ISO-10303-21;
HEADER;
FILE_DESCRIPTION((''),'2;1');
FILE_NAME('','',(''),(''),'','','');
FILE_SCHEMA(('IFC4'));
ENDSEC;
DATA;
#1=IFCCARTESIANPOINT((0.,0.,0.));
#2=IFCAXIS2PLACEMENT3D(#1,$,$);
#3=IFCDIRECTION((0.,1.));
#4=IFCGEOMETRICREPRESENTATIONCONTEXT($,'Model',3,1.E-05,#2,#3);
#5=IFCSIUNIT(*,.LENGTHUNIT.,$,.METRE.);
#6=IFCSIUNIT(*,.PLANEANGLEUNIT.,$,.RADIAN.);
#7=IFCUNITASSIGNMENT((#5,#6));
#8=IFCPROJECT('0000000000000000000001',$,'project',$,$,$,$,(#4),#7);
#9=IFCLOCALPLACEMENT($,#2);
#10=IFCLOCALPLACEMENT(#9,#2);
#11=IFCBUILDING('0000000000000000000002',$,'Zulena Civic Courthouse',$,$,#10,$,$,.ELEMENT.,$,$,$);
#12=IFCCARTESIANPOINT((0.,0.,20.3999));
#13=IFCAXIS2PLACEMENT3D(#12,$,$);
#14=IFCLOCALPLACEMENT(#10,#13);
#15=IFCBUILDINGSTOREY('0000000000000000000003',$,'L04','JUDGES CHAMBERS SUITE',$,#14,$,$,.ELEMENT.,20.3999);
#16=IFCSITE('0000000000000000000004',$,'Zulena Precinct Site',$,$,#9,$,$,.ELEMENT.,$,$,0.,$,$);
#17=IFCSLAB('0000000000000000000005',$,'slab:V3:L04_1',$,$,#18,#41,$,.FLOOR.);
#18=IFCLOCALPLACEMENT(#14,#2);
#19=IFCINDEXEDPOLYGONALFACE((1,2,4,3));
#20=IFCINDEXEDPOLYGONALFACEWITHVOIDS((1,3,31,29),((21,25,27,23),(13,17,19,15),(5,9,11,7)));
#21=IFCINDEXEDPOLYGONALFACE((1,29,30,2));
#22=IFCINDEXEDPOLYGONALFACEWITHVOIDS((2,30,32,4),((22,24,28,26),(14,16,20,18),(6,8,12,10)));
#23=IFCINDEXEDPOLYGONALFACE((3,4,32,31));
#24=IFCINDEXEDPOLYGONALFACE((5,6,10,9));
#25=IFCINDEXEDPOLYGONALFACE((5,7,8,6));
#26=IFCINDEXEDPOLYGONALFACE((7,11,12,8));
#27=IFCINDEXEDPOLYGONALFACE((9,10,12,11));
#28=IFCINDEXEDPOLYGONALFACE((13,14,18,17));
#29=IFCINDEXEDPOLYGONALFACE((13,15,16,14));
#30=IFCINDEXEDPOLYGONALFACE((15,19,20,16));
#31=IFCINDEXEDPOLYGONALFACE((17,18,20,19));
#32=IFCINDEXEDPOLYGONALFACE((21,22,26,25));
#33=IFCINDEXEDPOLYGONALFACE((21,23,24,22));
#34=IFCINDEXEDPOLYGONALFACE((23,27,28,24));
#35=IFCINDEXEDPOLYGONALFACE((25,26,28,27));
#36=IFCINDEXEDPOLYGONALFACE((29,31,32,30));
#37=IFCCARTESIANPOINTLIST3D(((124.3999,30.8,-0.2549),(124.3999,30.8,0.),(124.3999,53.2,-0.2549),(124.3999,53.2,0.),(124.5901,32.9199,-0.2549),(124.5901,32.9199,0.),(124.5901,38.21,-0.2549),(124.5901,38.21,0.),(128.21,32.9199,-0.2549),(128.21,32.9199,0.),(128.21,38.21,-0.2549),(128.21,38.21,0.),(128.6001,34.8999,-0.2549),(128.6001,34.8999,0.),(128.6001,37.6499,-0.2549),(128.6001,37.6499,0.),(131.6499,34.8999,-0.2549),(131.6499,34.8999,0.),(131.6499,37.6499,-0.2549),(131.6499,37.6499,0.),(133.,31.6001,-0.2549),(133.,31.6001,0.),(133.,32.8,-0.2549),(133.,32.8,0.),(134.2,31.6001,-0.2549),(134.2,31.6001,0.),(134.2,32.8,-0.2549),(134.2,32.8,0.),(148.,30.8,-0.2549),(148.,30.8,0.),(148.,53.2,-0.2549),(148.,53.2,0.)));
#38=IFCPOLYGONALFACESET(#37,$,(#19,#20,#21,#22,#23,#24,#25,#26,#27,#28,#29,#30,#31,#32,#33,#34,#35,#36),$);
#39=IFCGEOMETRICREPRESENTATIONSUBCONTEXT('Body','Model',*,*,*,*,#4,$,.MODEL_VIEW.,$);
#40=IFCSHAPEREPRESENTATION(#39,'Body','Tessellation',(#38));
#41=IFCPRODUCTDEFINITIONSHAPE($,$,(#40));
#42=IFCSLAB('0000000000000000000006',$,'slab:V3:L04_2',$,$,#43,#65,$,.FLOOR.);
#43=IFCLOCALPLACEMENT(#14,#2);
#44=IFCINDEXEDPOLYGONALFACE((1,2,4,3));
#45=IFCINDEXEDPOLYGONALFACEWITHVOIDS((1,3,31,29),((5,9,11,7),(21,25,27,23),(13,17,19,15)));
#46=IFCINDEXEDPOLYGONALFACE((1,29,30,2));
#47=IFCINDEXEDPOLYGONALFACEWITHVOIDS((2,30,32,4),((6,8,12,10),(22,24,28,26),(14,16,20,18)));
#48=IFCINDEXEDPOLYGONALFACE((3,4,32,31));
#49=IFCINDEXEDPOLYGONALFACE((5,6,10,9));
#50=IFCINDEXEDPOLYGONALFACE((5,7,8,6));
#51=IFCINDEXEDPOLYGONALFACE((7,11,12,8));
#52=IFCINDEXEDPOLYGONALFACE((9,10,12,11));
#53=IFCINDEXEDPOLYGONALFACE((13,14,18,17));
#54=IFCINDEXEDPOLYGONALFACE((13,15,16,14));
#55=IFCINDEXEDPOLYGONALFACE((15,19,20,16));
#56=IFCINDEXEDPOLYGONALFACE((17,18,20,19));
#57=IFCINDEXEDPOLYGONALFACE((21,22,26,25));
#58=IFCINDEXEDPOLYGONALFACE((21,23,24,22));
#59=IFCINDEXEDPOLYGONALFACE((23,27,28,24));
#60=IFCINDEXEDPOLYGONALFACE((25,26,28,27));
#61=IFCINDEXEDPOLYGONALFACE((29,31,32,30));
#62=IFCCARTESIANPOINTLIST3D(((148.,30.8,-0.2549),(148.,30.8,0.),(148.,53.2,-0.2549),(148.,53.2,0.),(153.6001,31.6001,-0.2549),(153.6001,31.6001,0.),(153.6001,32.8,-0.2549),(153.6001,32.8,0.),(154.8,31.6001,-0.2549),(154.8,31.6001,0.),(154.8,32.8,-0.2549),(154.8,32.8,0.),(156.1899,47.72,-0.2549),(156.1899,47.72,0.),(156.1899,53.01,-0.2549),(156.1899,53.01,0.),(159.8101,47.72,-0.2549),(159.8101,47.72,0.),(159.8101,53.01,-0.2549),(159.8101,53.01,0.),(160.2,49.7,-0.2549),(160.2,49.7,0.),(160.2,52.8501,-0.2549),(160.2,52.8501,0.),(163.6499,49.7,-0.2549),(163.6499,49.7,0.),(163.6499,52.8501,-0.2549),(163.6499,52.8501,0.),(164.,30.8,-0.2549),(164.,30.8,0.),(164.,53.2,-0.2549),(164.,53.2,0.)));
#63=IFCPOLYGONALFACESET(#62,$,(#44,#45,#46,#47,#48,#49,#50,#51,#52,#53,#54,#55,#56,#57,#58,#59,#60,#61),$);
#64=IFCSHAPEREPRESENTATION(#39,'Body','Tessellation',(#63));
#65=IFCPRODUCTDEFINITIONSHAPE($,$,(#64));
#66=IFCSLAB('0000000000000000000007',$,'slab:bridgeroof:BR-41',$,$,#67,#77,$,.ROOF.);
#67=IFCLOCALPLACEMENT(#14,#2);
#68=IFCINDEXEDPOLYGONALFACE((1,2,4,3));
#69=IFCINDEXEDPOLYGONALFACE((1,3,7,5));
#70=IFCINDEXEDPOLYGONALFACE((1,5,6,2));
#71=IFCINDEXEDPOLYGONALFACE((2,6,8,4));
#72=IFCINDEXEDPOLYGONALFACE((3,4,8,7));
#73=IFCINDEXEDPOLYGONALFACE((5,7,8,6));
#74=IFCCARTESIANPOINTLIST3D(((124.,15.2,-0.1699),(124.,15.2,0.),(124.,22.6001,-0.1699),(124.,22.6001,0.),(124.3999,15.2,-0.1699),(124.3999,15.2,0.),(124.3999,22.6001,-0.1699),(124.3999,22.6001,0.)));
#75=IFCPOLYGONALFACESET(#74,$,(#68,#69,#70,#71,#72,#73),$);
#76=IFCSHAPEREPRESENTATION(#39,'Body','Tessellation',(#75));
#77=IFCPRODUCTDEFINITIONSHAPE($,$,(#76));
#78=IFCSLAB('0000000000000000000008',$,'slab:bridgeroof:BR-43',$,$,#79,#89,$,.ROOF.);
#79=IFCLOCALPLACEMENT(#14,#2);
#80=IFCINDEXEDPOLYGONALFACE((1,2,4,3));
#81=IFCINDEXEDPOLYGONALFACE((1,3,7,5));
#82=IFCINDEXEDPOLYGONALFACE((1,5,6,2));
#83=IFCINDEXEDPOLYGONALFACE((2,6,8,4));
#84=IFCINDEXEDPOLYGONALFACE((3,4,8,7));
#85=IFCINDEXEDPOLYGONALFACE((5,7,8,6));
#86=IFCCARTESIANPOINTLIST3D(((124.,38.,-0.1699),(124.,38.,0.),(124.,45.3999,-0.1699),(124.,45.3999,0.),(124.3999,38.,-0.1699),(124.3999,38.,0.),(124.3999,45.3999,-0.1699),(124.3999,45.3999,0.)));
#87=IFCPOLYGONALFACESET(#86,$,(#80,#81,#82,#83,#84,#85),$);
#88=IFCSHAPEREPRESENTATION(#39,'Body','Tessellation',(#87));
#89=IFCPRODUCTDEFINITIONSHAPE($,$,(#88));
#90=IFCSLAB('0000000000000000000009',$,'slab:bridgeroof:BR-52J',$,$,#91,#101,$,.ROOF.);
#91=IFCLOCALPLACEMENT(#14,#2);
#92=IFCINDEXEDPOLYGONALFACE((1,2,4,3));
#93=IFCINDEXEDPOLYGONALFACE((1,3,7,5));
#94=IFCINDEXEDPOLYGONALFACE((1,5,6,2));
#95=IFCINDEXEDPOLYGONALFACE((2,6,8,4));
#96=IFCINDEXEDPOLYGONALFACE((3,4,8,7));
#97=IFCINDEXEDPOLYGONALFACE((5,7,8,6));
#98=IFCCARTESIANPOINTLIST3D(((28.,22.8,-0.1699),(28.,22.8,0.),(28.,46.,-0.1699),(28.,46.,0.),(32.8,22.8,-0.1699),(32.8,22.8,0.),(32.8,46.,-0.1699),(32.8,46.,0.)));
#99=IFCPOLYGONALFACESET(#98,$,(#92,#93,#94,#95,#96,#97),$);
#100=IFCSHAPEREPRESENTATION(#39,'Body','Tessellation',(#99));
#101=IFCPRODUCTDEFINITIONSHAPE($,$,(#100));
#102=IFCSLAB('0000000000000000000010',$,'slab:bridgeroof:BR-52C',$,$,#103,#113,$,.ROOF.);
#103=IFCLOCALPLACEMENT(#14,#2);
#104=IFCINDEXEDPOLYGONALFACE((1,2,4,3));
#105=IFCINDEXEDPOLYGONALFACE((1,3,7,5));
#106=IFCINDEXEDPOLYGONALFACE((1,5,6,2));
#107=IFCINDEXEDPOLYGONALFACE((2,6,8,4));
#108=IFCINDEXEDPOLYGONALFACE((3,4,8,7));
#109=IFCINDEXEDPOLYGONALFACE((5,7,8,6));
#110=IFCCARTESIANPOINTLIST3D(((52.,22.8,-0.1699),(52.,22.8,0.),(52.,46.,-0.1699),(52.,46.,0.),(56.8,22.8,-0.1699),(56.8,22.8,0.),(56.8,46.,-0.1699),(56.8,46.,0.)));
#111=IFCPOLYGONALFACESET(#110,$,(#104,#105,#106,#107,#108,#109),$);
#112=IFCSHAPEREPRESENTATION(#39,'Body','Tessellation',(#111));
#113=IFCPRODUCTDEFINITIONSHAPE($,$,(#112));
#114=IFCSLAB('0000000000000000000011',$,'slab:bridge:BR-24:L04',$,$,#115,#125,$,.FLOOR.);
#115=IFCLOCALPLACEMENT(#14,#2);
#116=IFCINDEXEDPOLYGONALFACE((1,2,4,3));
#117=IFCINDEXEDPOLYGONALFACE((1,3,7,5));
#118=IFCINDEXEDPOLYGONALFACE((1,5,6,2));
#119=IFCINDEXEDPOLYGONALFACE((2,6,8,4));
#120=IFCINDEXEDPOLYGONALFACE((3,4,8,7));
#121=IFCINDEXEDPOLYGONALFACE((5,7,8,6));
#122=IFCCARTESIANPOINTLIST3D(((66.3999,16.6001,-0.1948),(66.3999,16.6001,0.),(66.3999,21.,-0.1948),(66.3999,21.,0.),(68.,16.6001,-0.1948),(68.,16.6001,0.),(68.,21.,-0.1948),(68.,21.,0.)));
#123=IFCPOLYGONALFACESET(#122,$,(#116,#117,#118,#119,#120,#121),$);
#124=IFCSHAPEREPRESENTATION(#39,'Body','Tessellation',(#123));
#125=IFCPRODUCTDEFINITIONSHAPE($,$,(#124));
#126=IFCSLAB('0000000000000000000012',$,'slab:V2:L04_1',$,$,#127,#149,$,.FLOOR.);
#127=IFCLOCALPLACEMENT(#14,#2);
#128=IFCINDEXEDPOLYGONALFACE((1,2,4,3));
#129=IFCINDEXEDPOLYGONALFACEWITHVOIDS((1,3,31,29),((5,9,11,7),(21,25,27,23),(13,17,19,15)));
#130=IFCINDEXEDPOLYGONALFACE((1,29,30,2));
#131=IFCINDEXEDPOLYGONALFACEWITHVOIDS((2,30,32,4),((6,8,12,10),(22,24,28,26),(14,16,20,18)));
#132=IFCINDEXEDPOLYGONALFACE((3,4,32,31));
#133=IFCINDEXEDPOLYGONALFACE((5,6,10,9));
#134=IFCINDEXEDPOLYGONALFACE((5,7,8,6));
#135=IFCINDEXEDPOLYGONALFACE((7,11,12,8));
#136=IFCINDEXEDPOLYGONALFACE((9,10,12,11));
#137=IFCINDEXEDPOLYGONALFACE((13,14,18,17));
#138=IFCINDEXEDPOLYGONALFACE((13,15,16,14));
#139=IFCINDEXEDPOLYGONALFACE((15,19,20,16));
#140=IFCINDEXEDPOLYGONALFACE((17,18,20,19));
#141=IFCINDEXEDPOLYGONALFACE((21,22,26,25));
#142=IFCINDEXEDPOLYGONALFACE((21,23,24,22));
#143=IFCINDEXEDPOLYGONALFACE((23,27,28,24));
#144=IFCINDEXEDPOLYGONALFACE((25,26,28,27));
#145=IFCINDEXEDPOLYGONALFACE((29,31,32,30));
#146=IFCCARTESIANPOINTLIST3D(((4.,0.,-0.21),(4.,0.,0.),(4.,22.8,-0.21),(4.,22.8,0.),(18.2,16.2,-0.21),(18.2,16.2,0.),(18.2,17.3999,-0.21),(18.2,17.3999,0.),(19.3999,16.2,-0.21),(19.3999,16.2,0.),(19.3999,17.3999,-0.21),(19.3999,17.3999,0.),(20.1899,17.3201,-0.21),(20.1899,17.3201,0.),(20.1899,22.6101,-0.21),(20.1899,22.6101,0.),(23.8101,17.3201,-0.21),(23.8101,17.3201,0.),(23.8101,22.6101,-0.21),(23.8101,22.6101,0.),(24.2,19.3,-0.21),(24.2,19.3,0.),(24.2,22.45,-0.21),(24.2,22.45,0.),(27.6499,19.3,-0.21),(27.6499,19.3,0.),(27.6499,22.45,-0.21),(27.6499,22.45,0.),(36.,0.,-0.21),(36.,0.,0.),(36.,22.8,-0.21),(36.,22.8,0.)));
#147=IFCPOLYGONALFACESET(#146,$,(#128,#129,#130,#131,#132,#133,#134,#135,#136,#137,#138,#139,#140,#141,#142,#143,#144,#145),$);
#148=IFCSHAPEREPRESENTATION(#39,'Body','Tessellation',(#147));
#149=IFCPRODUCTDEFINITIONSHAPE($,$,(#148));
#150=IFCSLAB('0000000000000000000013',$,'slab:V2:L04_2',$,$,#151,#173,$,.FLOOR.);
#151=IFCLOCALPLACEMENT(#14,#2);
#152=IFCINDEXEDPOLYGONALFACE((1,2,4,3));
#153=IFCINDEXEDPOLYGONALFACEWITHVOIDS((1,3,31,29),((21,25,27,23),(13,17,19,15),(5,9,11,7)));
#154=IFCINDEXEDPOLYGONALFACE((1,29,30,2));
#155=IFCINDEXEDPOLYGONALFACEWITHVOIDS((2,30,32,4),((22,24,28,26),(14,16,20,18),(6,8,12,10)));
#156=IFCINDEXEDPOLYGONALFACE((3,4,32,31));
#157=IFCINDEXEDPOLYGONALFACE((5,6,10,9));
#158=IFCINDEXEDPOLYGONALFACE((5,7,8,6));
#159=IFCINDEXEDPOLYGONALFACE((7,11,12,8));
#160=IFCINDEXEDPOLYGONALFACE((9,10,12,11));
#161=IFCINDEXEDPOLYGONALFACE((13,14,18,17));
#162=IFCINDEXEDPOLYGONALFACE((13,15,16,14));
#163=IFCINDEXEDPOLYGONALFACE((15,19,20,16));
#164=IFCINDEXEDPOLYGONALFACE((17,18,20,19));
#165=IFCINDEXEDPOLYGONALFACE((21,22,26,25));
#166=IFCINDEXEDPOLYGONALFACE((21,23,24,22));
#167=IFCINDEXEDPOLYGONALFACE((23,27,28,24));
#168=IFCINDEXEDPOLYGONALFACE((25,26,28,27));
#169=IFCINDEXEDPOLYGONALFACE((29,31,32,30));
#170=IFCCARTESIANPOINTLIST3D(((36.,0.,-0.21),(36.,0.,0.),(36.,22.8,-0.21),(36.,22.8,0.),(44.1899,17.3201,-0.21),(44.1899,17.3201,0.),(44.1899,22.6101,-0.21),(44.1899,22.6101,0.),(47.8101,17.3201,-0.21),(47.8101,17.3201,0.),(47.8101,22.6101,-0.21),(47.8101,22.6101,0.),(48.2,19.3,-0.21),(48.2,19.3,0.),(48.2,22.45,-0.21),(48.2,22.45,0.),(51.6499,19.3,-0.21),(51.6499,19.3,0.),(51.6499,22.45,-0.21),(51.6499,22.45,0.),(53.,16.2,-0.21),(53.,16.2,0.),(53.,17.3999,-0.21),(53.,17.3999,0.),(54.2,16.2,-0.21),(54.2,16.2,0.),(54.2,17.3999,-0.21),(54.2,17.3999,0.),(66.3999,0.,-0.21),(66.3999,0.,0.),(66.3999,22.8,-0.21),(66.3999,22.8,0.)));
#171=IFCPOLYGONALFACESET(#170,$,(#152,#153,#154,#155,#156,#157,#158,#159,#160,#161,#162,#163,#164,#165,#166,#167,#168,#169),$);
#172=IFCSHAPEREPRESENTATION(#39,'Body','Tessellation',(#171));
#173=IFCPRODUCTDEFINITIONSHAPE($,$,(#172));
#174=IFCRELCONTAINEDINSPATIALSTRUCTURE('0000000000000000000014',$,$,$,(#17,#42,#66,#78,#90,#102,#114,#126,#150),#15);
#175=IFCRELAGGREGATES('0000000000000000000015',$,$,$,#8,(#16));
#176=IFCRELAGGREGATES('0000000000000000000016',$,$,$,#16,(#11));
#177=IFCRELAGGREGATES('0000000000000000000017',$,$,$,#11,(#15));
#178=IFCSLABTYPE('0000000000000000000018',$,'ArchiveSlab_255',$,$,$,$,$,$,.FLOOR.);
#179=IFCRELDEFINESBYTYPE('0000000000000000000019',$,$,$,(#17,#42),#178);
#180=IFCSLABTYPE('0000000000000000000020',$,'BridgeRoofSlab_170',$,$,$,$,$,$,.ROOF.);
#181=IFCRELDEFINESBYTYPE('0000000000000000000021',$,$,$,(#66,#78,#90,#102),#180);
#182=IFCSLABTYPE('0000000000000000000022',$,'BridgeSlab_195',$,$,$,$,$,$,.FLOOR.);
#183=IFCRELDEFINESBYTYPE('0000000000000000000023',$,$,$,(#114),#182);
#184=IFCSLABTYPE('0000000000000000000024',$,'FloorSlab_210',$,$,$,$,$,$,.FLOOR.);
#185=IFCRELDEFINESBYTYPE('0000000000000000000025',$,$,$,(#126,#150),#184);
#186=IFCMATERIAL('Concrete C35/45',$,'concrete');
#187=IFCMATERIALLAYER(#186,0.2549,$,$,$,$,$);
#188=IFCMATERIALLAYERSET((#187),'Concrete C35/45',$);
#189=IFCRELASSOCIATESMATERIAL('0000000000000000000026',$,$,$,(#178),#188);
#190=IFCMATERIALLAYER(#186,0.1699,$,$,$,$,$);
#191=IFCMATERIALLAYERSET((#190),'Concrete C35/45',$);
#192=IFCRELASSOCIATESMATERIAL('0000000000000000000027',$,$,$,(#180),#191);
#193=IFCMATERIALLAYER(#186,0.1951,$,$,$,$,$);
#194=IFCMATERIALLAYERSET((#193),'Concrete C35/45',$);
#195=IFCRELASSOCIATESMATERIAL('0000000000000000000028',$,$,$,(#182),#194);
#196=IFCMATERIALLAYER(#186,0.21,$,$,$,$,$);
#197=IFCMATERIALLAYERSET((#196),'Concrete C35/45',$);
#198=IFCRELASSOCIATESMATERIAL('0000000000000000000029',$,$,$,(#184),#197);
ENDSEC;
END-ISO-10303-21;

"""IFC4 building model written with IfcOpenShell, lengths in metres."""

from ifc_helpers import new_model, si_unit, direction, frame, origin, place, context, subcontext, project, spatial, polyline, outline, extrude, material, layer, layer_set, type_object, element, save


model = new_model("IFC4")

# Units and contexts
model_context = context("Model", 3, precision=1e-05, world=origin(), true_north=direction((0.0, 1.0)))
body_context = subcontext(model_context, "Body", "Model", "MODEL_VIEW")
ifc_project = project(units=[si_unit("LENGTHUNIT", "METRE"), si_unit("PLANEANGLEUNIT", "RADIAN")], contexts=[model_context])

# Site, building, storey
site_placement = place(None, origin())
site = spatial("IfcSite", under=ifc_project, at=site_placement, Name="Zulena Precinct Site", CompositionType="ELEMENT", RefElevation=0.0)
building_placement = place(site_placement, origin())
building = spatial("IfcBuilding", under=site, at=building_placement, Name="Zulena Civic Courthouse", CompositionType="ELEMENT")
storey_placement = place(building_placement, frame((0.0, 0.0, 20.3999)))
storey = spatial("IfcBuildingStorey", under=building, at=storey_placement, Name="L04", Description="JUDGES CHAMBERS SUITE", CompositionType="ELEMENT", Elevation=20.3999)

# Slabs
ifc_material_1 = material(Name="Concrete C35/45", Category="concrete")
ifc_layer_1 = layer(ifc_material_1, 0.2549)
ifc_layer_set_1 = layer_set([ifc_layer_1], Name="Concrete C35/45")
slab_type_1 = type_object("IfcSlabType", Name="ArchiveSlab_255", PredefinedType="FLOOR", material=ifc_layer_set_1)
slab_1_placement = place(storey_placement, frame((0.0, 0.0, -0.2549)))
element("IfcSlab", 1, at=slab_1_placement, inside=storey, type_object=slab_type_1, Name="slab:V3:L04_1", PredefinedType="FLOOR", context=body_context, shape_type="SweptSolid", body=[
    extrude(outline(polyline([(124.3999, 30.8), (124.3999, 53.2), (148.0, 53.2), (148.0, 30.8), (124.3999, 30.8)]), holes=[polyline([(124.5901, 38.21), (124.5901, 32.9199), (128.21, 32.9199), (128.21, 38.21), (124.5901, 38.21)]), polyline([(131.6499, 37.6499), (128.6001, 37.6499), (128.6001, 34.8999), (131.6499, 34.8999), (131.6499, 37.6499)]), polyline([(133.0, 32.8), (133.0, 31.6001), (134.2, 31.6001), (134.2, 32.8), (133.0, 32.8)])]), origin(), (0.0, 0.0, 1.0), 0.2549),
])
slab_2_placement = place(storey_placement, frame((0.0, 0.0, -0.2549)))
element("IfcSlab", 2, at=slab_2_placement, inside=storey, type_object=slab_type_1, Name="slab:V3:L04_2", PredefinedType="FLOOR", context=body_context, shape_type="SweptSolid", body=[
    extrude(outline(polyline([(164.0, 30.8), (148.0, 30.8), (148.0, 53.2), (164.0, 53.2), (164.0, 30.8)]), holes=[polyline([(159.8101, 47.72), (159.8101, 53.01), (156.1899, 53.01), (156.1899, 47.72), (159.8101, 47.72)]), polyline([(160.2, 49.7), (163.6499, 49.7), (163.6499, 52.8501), (160.2, 52.8501), (160.2, 49.7)]), polyline([(154.8, 32.8), (153.6001, 32.8), (153.6001, 31.6001), (154.8, 31.6001), (154.8, 32.8)])]), origin(), (0.0, 0.0, 1.0), 0.2549),
])
ifc_layer_2 = layer(ifc_material_1, 0.1699)
ifc_layer_set_2 = layer_set([ifc_layer_2], Name="Concrete C35/45")
slab_type_2 = type_object("IfcSlabType", Name="BridgeRoofSlab_170", PredefinedType="ROOF", material=ifc_layer_set_2)
slab_3_placement = place(storey_placement, frame((0.0, 0.0, -0.1699)))
element("IfcSlab", 3, at=slab_3_placement, inside=storey, type_object=slab_type_2, Name="slab:bridgeroof:BR-41", PredefinedType="ROOF", context=body_context, shape_type="SweptSolid", body=[
    extrude(outline(polyline([(124.0, 15.2), (124.3999, 15.2), (124.3999, 22.6001), (124.0, 22.6001), (124.0, 15.2)])), origin(), (0.0, 0.0, 1.0), 0.1699),
])
slab_4_placement = place(storey_placement, frame((0.0, 0.0, -0.1699)))
element("IfcSlab", 4, at=slab_4_placement, inside=storey, type_object=slab_type_2, Name="slab:bridgeroof:BR-43", PredefinedType="ROOF", context=body_context, shape_type="SweptSolid", body=[
    extrude(outline(polyline([(124.0, 38.0), (124.3999, 38.0), (124.3999, 45.3999), (124.0, 45.3999), (124.0, 38.0)])), origin(), (0.0, 0.0, 1.0), 0.1699),
])
slab_5_placement = place(storey_placement, frame((0.0, 0.0, -0.1699)))
element("IfcSlab", 5, at=slab_5_placement, inside=storey, type_object=slab_type_2, Name="slab:bridgeroof:BR-52J", PredefinedType="ROOF", context=body_context, shape_type="SweptSolid", body=[
    extrude(outline(polyline([(28.0, 22.8), (32.8, 22.8), (32.8, 46.0), (28.0, 46.0), (28.0, 22.8)])), origin(), (0.0, 0.0, 1.0), 0.1699),
])
slab_6_placement = place(storey_placement, frame((0.0, 0.0, -0.1699)))
element("IfcSlab", 6, at=slab_6_placement, inside=storey, type_object=slab_type_2, Name="slab:bridgeroof:BR-52C", PredefinedType="ROOF", context=body_context, shape_type="SweptSolid", body=[
    extrude(outline(polyline([(52.0, 22.8), (56.8, 22.8), (56.8, 46.0), (52.0, 46.0), (52.0, 22.8)])), origin(), (0.0, 0.0, 1.0), 0.1699),
])
ifc_layer_3 = layer(ifc_material_1, 0.1951)
ifc_layer_set_3 = layer_set([ifc_layer_3], Name="Concrete C35/45")
slab_type_3 = type_object("IfcSlabType", Name="BridgeSlab_195", PredefinedType="FLOOR", material=ifc_layer_set_3)
slab_7_placement = place(storey_placement, frame((0.0, 0.0, -0.1948)))
element("IfcSlab", 7, at=slab_7_placement, inside=storey, type_object=slab_type_3, Name="slab:bridge:BR-24:L04", PredefinedType="FLOOR", context=body_context, shape_type="SweptSolid", body=[
    extrude(outline(polyline([(66.3999, 16.6001), (68.0, 16.6001), (68.0, 21.0), (66.3999, 21.0), (66.3999, 16.6001)])), origin(), (0.0, 0.0, 1.0), 0.1948),
])
ifc_layer_4 = layer(ifc_material_1, 0.21)
ifc_layer_set_4 = layer_set([ifc_layer_4], Name="Concrete C35/45")
slab_type_4 = type_object("IfcSlabType", Name="FloorSlab_210", PredefinedType="FLOOR", material=ifc_layer_set_4)
slab_8_placement = place(storey_placement, frame((0.0, 0.0, -0.21)))
element("IfcSlab", 8, at=slab_8_placement, inside=storey, type_object=slab_type_4, Name="slab:V2:L04_1", PredefinedType="FLOOR", context=body_context, shape_type="SweptSolid", body=[
    extrude(outline(polyline([(4.0, 0.0), (4.0, 22.8), (36.0, 22.8), (36.0, 0.0), (4.0, 0.0)]), holes=[polyline([(20.1899, 22.6101), (20.1899, 17.3201), (23.8101, 17.3201), (23.8101, 22.6101), (20.1899, 22.6101)]), polyline([(27.6499, 22.45), (24.2, 22.45), (24.2, 19.3), (27.6499, 19.3), (27.6499, 22.45)]), polyline([(18.2, 17.3999), (18.2, 16.2), (19.3999, 16.2), (19.3999, 17.3999), (18.2, 17.3999)])]), origin(), (0.0, 0.0, 1.0), 0.21),
])
slab_9_placement = place(storey_placement, frame((0.0, 0.0, -0.21)))
element("IfcSlab", 9, at=slab_9_placement, inside=storey, type_object=slab_type_4, Name="slab:V2:L04_2", PredefinedType="FLOOR", context=body_context, shape_type="SweptSolid", body=[
    extrude(outline(polyline([(66.3999, 0.0), (36.0, 0.0), (36.0, 22.8), (66.3999, 22.8), (66.3999, 0.0)]), holes=[polyline([(47.8101, 17.3201), (47.8101, 22.6101), (44.1899, 22.6101), (44.1899, 17.3201), (47.8101, 17.3201)]), polyline([(48.2, 19.3), (51.6499, 19.3), (51.6499, 22.45), (48.2, 22.45), (48.2, 19.3)]), polyline([(54.2, 17.3999), (53.0, 17.3999), (53.0, 16.2), (54.2, 16.2), (54.2, 17.3999)])]), origin(), (0.0, 0.0, 1.0), 0.21),
])

save(model, "model.ifc")
